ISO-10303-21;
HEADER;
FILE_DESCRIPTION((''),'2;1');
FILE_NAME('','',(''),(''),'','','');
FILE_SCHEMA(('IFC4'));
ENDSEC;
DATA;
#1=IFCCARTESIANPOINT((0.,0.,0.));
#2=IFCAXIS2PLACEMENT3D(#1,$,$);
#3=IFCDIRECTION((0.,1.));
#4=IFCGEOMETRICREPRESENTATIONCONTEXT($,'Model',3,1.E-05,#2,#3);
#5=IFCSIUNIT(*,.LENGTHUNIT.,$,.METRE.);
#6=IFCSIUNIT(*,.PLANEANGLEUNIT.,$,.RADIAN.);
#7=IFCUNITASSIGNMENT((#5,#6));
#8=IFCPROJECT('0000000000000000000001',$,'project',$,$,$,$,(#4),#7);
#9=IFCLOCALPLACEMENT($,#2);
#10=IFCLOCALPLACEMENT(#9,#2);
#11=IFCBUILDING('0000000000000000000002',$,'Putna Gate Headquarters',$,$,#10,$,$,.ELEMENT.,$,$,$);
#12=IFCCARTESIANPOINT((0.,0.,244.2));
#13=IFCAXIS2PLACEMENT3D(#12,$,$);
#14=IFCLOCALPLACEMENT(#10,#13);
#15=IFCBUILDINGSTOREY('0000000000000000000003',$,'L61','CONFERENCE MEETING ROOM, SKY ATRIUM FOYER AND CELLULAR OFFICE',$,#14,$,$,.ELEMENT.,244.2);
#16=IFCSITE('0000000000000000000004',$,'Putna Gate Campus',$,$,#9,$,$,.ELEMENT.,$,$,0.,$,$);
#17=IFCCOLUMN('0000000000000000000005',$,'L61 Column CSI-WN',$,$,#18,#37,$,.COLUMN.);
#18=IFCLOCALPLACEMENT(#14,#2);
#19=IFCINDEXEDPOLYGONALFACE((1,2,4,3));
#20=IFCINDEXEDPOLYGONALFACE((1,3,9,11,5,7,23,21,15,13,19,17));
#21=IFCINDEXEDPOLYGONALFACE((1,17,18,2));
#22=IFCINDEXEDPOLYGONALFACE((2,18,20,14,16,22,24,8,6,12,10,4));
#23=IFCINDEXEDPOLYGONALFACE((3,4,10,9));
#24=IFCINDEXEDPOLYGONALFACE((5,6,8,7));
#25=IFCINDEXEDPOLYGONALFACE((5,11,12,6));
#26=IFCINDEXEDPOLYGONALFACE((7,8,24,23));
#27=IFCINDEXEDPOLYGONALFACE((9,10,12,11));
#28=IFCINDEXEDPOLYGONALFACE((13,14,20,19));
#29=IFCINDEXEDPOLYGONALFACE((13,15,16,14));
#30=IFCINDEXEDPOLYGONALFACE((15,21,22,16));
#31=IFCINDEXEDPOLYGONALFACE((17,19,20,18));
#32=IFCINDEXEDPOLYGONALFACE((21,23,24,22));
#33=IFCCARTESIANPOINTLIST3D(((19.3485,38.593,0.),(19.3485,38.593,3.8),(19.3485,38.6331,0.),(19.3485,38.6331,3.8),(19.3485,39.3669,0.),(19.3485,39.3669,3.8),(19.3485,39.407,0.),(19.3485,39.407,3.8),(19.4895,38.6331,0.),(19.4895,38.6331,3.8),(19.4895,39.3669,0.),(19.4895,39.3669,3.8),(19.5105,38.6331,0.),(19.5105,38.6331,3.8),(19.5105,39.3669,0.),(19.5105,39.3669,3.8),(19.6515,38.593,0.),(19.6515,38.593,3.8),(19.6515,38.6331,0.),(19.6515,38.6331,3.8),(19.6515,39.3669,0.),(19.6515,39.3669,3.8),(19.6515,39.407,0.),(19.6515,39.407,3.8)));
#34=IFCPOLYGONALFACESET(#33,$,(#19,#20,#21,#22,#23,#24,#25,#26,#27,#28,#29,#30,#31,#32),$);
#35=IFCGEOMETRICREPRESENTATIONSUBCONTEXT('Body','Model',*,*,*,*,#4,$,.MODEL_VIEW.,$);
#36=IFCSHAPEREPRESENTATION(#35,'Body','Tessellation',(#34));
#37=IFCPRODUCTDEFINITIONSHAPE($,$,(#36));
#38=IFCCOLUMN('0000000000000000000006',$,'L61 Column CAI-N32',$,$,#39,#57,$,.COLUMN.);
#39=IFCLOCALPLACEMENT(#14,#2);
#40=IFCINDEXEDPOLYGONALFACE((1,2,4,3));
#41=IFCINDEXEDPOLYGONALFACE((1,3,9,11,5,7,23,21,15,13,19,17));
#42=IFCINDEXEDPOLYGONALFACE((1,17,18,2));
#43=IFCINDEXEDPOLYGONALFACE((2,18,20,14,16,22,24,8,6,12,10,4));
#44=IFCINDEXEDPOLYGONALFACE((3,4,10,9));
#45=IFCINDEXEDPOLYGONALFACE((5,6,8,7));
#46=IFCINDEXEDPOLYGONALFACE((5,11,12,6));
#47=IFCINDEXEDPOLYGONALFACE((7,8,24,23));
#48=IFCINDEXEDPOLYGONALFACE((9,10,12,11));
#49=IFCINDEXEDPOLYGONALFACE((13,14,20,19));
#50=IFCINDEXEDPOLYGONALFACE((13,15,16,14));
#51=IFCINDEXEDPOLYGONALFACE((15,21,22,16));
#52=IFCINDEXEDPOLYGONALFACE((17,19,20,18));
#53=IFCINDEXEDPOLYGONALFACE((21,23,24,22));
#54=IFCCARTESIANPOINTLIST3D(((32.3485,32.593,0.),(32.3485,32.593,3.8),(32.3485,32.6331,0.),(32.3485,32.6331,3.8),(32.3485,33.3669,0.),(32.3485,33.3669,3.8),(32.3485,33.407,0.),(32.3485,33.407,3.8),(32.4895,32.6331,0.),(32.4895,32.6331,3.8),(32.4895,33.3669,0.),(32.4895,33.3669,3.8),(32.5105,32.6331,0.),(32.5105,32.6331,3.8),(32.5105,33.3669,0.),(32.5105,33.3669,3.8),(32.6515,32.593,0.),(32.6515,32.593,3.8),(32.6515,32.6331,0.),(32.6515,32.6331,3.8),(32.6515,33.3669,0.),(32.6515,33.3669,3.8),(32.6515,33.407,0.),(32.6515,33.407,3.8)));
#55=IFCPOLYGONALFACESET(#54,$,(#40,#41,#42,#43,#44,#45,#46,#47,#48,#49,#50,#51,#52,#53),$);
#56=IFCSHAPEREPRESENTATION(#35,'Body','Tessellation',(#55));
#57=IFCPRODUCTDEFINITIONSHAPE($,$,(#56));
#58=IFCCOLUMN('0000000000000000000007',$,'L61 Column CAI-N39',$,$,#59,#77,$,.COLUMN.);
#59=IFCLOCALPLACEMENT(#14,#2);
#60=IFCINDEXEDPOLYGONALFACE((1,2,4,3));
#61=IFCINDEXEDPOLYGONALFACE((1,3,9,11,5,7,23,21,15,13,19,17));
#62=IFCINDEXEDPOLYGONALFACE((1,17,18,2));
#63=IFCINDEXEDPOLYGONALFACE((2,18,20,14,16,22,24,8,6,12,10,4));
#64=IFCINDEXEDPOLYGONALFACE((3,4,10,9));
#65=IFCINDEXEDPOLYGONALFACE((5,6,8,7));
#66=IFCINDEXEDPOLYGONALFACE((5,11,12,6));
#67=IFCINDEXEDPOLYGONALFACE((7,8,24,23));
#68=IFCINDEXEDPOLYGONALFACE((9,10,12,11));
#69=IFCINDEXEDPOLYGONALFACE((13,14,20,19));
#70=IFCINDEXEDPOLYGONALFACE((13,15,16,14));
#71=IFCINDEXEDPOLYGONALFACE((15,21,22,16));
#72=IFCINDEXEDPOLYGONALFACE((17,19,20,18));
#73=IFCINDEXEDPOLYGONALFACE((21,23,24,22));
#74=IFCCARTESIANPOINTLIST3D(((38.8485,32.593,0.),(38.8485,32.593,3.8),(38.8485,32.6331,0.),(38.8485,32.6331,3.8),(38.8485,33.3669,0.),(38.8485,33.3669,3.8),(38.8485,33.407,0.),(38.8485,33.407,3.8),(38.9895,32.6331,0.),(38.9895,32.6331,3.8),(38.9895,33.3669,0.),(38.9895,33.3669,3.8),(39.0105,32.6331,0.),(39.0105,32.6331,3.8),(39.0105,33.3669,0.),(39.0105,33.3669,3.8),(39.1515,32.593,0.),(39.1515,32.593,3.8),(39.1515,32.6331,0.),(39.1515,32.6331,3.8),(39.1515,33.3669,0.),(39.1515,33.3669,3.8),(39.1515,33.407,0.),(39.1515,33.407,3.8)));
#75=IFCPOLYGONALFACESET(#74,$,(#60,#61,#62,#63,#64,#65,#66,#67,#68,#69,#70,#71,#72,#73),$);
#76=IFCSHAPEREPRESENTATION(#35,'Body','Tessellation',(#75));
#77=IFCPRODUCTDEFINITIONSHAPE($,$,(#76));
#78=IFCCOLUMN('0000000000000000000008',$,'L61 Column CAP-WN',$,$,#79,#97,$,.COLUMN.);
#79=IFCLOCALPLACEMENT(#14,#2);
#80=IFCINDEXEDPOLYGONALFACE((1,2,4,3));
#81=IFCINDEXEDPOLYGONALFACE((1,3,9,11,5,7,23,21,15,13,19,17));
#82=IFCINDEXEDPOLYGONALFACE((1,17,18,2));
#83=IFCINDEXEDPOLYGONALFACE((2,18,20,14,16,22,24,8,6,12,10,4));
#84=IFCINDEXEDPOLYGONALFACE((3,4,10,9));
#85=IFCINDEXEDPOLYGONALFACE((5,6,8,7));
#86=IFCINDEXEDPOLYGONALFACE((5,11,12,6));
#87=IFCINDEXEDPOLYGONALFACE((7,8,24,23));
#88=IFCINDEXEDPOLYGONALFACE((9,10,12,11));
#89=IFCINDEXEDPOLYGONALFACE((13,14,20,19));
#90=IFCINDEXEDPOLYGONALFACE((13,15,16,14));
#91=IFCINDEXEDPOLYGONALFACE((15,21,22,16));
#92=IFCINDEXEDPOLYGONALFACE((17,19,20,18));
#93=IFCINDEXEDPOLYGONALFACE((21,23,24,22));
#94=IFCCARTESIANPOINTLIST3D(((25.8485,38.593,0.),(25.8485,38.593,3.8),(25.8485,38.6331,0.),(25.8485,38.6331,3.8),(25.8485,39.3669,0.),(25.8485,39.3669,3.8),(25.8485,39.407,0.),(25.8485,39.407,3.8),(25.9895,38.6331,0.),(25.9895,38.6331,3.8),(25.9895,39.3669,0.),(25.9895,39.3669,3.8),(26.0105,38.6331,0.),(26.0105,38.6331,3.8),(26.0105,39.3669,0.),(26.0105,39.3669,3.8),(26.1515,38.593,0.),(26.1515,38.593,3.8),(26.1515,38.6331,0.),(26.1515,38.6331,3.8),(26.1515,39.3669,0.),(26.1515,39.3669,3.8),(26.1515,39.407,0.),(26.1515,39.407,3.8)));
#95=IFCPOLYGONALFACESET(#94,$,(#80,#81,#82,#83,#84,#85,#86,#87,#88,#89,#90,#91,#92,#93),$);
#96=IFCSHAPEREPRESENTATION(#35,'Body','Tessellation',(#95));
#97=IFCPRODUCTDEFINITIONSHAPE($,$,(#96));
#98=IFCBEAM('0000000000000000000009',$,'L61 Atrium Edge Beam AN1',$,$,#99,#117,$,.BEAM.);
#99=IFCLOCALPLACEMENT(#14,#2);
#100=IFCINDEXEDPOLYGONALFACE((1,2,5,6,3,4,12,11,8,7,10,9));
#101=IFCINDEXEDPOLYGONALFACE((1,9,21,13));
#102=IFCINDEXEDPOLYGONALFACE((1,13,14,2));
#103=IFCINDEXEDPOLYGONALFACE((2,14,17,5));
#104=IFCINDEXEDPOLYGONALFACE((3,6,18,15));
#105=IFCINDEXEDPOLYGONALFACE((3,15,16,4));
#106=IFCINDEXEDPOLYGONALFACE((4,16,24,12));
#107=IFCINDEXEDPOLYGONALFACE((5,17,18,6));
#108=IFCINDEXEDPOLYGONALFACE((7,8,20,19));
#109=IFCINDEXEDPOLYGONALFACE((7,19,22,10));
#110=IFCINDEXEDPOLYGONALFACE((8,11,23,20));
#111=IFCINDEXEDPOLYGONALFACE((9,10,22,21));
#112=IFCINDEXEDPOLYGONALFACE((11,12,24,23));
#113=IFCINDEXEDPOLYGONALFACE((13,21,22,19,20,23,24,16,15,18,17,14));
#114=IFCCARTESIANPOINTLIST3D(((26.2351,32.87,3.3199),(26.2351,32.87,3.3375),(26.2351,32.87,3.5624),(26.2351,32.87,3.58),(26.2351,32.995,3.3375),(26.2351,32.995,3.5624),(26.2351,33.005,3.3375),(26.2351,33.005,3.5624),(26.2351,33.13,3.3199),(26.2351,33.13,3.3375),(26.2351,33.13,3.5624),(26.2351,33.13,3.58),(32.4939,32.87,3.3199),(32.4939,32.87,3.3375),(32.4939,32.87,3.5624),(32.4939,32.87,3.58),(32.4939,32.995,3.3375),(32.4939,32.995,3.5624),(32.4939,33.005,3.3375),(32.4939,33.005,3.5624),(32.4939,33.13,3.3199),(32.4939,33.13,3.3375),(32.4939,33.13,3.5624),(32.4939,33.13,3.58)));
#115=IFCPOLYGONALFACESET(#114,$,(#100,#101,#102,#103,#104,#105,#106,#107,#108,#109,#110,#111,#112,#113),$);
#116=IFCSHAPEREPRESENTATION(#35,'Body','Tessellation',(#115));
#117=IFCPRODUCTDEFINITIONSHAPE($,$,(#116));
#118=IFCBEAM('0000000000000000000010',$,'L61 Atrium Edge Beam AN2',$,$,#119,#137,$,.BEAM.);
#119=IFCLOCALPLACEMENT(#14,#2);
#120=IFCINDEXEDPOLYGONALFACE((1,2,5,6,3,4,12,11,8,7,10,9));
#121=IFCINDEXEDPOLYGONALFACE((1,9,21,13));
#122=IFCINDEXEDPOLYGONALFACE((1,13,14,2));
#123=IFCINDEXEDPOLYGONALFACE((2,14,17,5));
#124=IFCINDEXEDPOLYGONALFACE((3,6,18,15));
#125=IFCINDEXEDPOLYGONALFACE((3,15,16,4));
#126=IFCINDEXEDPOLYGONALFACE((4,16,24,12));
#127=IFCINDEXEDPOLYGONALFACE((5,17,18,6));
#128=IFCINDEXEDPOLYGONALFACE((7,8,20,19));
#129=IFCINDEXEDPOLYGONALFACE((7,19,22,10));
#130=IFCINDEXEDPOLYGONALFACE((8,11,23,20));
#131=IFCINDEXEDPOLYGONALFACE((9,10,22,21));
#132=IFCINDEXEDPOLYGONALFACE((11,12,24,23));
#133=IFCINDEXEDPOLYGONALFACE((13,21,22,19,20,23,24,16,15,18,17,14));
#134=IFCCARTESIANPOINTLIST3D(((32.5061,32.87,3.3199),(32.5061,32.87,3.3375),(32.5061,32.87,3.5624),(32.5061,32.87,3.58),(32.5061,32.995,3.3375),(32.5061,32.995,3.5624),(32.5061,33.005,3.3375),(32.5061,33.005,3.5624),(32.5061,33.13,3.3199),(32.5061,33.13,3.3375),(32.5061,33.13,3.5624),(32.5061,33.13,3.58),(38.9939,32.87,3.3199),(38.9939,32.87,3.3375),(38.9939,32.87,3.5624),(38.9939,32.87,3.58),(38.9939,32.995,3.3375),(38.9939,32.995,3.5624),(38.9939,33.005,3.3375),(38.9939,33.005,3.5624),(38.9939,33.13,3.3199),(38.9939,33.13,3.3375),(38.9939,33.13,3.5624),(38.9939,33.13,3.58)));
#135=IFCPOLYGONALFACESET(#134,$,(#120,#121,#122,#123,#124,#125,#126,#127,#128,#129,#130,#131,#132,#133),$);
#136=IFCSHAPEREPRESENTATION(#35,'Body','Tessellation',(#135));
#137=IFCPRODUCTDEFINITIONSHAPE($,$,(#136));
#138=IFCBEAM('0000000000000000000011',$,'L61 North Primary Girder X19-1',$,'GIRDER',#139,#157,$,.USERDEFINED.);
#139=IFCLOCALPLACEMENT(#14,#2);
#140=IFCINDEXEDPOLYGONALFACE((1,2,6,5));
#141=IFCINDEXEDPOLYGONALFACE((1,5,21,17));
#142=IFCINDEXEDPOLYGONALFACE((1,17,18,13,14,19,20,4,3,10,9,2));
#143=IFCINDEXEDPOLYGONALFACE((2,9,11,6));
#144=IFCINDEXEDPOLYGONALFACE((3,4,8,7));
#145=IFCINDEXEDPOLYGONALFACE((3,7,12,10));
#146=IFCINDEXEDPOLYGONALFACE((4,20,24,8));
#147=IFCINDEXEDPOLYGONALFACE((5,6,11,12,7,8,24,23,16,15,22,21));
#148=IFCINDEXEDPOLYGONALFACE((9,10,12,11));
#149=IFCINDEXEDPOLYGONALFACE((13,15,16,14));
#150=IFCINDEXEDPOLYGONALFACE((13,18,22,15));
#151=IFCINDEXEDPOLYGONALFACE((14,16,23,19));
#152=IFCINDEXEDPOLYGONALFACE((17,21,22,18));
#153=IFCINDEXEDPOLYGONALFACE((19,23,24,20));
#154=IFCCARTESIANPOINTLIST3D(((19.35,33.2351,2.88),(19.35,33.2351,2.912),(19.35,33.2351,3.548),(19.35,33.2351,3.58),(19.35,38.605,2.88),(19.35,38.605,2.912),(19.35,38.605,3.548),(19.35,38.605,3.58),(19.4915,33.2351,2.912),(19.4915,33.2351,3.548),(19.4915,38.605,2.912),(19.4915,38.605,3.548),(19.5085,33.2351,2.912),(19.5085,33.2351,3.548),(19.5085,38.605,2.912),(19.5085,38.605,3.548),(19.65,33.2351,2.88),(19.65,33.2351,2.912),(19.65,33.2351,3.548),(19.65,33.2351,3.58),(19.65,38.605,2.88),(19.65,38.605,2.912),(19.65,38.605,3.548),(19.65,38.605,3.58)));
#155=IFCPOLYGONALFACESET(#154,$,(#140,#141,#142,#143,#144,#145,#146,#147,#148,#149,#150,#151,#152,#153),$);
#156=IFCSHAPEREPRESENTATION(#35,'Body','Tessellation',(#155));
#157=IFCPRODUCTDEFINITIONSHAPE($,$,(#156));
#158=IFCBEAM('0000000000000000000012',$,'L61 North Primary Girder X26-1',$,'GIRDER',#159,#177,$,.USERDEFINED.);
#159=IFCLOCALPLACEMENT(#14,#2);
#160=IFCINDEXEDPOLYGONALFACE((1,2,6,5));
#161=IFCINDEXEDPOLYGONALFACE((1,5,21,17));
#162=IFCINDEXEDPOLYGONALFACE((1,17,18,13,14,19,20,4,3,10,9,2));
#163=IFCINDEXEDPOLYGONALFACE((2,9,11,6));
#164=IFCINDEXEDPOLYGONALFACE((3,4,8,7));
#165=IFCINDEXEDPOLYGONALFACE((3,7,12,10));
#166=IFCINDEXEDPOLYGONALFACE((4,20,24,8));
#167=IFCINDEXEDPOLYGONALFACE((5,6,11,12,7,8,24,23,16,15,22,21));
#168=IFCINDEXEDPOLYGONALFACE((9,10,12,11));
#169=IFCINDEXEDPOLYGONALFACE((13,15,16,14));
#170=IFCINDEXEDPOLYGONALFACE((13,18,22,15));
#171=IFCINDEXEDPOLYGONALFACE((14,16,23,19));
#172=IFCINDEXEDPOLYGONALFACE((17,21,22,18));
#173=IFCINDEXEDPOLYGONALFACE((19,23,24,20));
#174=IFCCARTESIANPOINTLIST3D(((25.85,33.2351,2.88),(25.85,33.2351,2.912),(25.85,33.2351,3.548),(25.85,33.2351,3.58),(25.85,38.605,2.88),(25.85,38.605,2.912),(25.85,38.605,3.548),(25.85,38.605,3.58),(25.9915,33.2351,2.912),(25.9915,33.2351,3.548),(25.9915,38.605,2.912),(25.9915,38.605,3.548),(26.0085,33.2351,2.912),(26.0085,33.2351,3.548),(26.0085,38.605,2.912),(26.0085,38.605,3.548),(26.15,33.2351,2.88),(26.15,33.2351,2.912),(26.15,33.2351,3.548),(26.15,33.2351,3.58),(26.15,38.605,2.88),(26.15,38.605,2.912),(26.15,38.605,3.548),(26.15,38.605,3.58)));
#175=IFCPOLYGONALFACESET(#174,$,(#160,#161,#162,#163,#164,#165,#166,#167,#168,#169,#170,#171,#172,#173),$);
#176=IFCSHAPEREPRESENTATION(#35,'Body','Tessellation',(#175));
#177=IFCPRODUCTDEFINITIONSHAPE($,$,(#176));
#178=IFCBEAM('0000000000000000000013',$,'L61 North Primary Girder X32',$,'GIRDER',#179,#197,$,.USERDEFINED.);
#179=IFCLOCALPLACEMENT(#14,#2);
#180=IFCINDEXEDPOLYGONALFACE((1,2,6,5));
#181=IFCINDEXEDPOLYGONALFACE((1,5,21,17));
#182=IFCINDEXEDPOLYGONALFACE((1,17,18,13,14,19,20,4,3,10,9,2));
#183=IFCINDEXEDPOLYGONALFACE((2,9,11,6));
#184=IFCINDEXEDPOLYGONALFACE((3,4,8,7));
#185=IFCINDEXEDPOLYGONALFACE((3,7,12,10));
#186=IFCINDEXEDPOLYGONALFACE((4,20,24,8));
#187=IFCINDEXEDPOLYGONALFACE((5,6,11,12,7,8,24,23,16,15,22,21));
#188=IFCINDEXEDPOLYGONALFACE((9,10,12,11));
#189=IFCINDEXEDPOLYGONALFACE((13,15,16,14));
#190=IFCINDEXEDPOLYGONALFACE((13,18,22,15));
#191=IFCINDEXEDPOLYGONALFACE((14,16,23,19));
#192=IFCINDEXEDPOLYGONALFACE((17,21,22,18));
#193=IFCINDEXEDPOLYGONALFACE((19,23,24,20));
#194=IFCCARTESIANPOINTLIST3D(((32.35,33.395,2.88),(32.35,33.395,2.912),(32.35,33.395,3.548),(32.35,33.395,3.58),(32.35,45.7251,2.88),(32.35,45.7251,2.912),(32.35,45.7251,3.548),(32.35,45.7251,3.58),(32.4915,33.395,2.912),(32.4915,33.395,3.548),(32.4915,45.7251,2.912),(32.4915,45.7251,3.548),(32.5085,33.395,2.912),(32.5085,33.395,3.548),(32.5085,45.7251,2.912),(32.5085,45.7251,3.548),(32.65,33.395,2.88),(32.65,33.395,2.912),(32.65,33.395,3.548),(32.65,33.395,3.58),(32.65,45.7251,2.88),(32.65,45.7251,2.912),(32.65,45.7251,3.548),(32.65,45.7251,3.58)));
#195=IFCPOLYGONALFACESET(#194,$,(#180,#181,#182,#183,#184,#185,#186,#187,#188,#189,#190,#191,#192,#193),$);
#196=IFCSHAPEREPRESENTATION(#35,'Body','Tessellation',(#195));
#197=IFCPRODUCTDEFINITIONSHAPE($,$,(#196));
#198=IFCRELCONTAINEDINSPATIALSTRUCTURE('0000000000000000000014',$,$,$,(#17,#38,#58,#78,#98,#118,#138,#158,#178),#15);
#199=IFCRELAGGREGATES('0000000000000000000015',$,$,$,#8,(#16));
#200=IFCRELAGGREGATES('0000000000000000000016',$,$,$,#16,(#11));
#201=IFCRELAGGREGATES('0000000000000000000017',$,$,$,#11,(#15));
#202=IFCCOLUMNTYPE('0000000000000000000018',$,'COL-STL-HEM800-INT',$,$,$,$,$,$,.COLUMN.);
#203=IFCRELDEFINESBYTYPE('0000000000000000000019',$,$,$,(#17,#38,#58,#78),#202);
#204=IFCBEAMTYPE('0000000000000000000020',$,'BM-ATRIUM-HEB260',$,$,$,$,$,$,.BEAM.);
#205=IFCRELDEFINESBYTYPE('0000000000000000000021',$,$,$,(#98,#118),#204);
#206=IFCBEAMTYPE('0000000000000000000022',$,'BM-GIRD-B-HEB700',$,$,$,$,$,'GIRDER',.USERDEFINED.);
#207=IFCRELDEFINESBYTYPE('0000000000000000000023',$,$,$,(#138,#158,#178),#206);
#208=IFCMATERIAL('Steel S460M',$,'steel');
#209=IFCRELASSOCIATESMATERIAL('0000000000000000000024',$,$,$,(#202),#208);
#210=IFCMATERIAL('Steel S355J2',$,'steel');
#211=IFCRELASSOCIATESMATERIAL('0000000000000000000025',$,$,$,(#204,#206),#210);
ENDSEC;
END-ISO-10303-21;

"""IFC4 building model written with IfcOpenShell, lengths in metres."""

from ifc_helpers import new_model, si_unit, direction, frame, origin, origin_2d, place, context, subcontext, project, spatial, i_section, extrude, material, material_profile, profile_set, type_object, element, save


model = new_model("IFC4")

# Units and contexts
model_context = context("Model", 3, precision=1e-05, world=origin(), true_north=direction((0.0, 1.0)))
body_context = subcontext(model_context, "Body", "Model", "MODEL_VIEW")
ifc_project = project(units=[si_unit("LENGTHUNIT", "METRE"), si_unit("PLANEANGLEUNIT", "RADIAN")], contexts=[model_context])

# Site, building, storey
site_placement = place(None, origin())
site = spatial("IfcSite", under=ifc_project, at=site_placement, Name="Putna Gate Campus", CompositionType="ELEMENT", RefElevation=0.0)
building_placement = place(site_placement, origin())
building = spatial("IfcBuilding", under=site, at=building_placement, Name="Putna Gate Headquarters", CompositionType="ELEMENT")
storey_placement = place(building_placement, frame((0.0, 0.0, 244.2)))
storey = spatial("IfcBuildingStorey", under=building, at=storey_placement, Name="L61", Description="CONFERENCE MEETING ROOM, SKY ATRIUM FOYER AND CELLULAR OFFICE", CompositionType="ELEMENT", Elevation=244.2)

# Columns
ifc_material_1 = material(Name="Steel S460M", Category="steel")
ifc_material_profile_1 = material_profile(ifc_material_1, i_section(OverallWidth=0.303, OverallDepth=0.814, WebThickness=0.021, FlangeThickness=0.04, at=origin_2d()), Name="Steel S460M")
ifc_profile_set_1 = profile_set([ifc_material_profile_1], Name="Steel S460M")
column_type = type_object("IfcColumnType", Name="COL-STL-HEM800-INT", PredefinedType="COLUMN", material=ifc_profile_set_1)
for number, where, z_axis, x_axis, name in (
    (1, (19.5, 39.0, 0.0), (0.0, 0.0, 1.0), (1.0, 0.0, 0.0), "L61 Column CSI-WN"),
    (2, (32.5, 33.0, 0.0), (0.0, 0.0, 1.0), (1.0, 0.0, 0.0), "L61 Column CAI-N32"),
    (3, (39.0, 33.0, 0.0), (0.0, 0.0, 1.0), (1.0, 0.0, 0.0), "L61 Column CAI-N39"),
    (4, (26.0, 39.0, 0.0), (0.0, 0.0, 1.0), (1.0, 0.0, 0.0), "L61 Column CAP-WN"),
):
    element("IfcColumn", number, at=place(storey_placement, frame(where, z_axis=z_axis, x_axis=x_axis)), inside=storey, type_object=column_type, Name=name, PredefinedType="COLUMN", context=body_context, shape_type="SweptSolid", body=[
        extrude(i_section(OverallWidth=0.303, OverallDepth=0.814, WebThickness=0.021, FlangeThickness=0.04, at=origin_2d()), origin(), (0.0, 0.0, 1.0), 3.8),
    ])

# Beams
ifc_material_2 = material(Name="Steel S355J2", Category="steel")
ifc_material_profile_2 = material_profile(ifc_material_2, i_section(OverallWidth=0.26, OverallDepth=0.26, WebThickness=0.01, FlangeThickness=0.0176, at=origin_2d()), Name="Steel S355J2")
ifc_profile_set_2 = profile_set([ifc_material_profile_2], Name="Steel S355J2")
beam_type_1 = type_object("IfcBeamType", Name="BM-ATRIUM-HEB260", PredefinedType="BEAM", material=ifc_profile_set_2)
beam_1_placement = place(storey_placement, frame((26.2351, 33.0, 3.45), z_axis=(1.0, 0.0, 0.0), x_axis=(0.0, 1.0, 0.0)))
element("IfcBeam", 5, at=beam_1_placement, inside=storey, type_object=beam_type_1, Name="L61 Atrium Edge Beam AN1", PredefinedType="BEAM", context=body_context, shape_type="SweptSolid", body=[
    extrude(i_section(OverallWidth=0.26, OverallDepth=0.26, WebThickness=0.01, FlangeThickness=0.0176, at=origin_2d()), origin(), (0.0, 0.0, 1.0), 6.2588),
])
beam_2_placement = place(storey_placement, frame((32.5061, 33.0, 3.45), z_axis=(1.0, 0.0, 0.0), x_axis=(0.0, 1.0, 0.0)))
element("IfcBeam", 6, at=beam_2_placement, inside=storey, type_object=beam_type_1, Name="L61 Atrium Edge Beam AN2", PredefinedType="BEAM", context=body_context, shape_type="SweptSolid", body=[
    extrude(i_section(OverallWidth=0.26, OverallDepth=0.26, WebThickness=0.01, FlangeThickness=0.0176, at=origin_2d()), origin(), (0.0, 0.0, 1.0), 6.4878),
])
ifc_material_profile_3 = material_profile(ifc_material_2, i_section(OverallWidth=0.3, OverallDepth=0.7, WebThickness=0.0171, FlangeThickness=0.032, at=origin_2d()), Name="Steel S355J2")
ifc_profile_set_3 = profile_set([ifc_material_profile_3], Name="Steel S355J2")
beam_type_2 = type_object("IfcBeamType", Name="BM-GIRD-B-HEB700", ElementType="GIRDER", PredefinedType="USERDEFINED", material=ifc_profile_set_3)
for number, where, z_axis, x_axis, name in (
    (7, (19.5, 33.2351, 3.23), (0.0, 1.0, 0.0), (-1.0, 0.0, 0.0), "L61 North Primary Girder X19-1"),
    (8, (26.0, 33.2351, 3.23), (0.0, 1.0, 0.0), (-1.0, 0.0, 0.0), "L61 North Primary Girder X26-1"),
):
    element("IfcBeam", number, at=place(storey_placement, frame(where, z_axis=z_axis, x_axis=x_axis)), inside=storey, type_object=beam_type_2, Name=name, ObjectType="GIRDER", PredefinedType="USERDEFINED", context=body_context, shape_type="SweptSolid", body=[
        extrude(i_section(OverallWidth=0.3, OverallDepth=0.7, WebThickness=0.0171, FlangeThickness=0.032, at=origin_2d()), origin(), (0.0, 0.0, 1.0), 5.3699),
    ])
beam_3_placement = place(storey_placement, frame((32.5, 33.395, 3.23), z_axis=(0.0, 1.0, 0.0), x_axis=(-1.0, 0.0, 0.0)))
element("IfcBeam", 9, at=beam_3_placement, inside=storey, type_object=beam_type_2, Name="L61 North Primary Girder X32", ObjectType="GIRDER", PredefinedType="USERDEFINED", context=body_context, shape_type="SweptSolid", body=[
    extrude(i_section(OverallWidth=0.3, OverallDepth=0.7, WebThickness=0.0171, FlangeThickness=0.032, at=origin_2d()), origin(), (0.0, 0.0, 1.0), 12.3301),
])

save(model, "model.ifc")
